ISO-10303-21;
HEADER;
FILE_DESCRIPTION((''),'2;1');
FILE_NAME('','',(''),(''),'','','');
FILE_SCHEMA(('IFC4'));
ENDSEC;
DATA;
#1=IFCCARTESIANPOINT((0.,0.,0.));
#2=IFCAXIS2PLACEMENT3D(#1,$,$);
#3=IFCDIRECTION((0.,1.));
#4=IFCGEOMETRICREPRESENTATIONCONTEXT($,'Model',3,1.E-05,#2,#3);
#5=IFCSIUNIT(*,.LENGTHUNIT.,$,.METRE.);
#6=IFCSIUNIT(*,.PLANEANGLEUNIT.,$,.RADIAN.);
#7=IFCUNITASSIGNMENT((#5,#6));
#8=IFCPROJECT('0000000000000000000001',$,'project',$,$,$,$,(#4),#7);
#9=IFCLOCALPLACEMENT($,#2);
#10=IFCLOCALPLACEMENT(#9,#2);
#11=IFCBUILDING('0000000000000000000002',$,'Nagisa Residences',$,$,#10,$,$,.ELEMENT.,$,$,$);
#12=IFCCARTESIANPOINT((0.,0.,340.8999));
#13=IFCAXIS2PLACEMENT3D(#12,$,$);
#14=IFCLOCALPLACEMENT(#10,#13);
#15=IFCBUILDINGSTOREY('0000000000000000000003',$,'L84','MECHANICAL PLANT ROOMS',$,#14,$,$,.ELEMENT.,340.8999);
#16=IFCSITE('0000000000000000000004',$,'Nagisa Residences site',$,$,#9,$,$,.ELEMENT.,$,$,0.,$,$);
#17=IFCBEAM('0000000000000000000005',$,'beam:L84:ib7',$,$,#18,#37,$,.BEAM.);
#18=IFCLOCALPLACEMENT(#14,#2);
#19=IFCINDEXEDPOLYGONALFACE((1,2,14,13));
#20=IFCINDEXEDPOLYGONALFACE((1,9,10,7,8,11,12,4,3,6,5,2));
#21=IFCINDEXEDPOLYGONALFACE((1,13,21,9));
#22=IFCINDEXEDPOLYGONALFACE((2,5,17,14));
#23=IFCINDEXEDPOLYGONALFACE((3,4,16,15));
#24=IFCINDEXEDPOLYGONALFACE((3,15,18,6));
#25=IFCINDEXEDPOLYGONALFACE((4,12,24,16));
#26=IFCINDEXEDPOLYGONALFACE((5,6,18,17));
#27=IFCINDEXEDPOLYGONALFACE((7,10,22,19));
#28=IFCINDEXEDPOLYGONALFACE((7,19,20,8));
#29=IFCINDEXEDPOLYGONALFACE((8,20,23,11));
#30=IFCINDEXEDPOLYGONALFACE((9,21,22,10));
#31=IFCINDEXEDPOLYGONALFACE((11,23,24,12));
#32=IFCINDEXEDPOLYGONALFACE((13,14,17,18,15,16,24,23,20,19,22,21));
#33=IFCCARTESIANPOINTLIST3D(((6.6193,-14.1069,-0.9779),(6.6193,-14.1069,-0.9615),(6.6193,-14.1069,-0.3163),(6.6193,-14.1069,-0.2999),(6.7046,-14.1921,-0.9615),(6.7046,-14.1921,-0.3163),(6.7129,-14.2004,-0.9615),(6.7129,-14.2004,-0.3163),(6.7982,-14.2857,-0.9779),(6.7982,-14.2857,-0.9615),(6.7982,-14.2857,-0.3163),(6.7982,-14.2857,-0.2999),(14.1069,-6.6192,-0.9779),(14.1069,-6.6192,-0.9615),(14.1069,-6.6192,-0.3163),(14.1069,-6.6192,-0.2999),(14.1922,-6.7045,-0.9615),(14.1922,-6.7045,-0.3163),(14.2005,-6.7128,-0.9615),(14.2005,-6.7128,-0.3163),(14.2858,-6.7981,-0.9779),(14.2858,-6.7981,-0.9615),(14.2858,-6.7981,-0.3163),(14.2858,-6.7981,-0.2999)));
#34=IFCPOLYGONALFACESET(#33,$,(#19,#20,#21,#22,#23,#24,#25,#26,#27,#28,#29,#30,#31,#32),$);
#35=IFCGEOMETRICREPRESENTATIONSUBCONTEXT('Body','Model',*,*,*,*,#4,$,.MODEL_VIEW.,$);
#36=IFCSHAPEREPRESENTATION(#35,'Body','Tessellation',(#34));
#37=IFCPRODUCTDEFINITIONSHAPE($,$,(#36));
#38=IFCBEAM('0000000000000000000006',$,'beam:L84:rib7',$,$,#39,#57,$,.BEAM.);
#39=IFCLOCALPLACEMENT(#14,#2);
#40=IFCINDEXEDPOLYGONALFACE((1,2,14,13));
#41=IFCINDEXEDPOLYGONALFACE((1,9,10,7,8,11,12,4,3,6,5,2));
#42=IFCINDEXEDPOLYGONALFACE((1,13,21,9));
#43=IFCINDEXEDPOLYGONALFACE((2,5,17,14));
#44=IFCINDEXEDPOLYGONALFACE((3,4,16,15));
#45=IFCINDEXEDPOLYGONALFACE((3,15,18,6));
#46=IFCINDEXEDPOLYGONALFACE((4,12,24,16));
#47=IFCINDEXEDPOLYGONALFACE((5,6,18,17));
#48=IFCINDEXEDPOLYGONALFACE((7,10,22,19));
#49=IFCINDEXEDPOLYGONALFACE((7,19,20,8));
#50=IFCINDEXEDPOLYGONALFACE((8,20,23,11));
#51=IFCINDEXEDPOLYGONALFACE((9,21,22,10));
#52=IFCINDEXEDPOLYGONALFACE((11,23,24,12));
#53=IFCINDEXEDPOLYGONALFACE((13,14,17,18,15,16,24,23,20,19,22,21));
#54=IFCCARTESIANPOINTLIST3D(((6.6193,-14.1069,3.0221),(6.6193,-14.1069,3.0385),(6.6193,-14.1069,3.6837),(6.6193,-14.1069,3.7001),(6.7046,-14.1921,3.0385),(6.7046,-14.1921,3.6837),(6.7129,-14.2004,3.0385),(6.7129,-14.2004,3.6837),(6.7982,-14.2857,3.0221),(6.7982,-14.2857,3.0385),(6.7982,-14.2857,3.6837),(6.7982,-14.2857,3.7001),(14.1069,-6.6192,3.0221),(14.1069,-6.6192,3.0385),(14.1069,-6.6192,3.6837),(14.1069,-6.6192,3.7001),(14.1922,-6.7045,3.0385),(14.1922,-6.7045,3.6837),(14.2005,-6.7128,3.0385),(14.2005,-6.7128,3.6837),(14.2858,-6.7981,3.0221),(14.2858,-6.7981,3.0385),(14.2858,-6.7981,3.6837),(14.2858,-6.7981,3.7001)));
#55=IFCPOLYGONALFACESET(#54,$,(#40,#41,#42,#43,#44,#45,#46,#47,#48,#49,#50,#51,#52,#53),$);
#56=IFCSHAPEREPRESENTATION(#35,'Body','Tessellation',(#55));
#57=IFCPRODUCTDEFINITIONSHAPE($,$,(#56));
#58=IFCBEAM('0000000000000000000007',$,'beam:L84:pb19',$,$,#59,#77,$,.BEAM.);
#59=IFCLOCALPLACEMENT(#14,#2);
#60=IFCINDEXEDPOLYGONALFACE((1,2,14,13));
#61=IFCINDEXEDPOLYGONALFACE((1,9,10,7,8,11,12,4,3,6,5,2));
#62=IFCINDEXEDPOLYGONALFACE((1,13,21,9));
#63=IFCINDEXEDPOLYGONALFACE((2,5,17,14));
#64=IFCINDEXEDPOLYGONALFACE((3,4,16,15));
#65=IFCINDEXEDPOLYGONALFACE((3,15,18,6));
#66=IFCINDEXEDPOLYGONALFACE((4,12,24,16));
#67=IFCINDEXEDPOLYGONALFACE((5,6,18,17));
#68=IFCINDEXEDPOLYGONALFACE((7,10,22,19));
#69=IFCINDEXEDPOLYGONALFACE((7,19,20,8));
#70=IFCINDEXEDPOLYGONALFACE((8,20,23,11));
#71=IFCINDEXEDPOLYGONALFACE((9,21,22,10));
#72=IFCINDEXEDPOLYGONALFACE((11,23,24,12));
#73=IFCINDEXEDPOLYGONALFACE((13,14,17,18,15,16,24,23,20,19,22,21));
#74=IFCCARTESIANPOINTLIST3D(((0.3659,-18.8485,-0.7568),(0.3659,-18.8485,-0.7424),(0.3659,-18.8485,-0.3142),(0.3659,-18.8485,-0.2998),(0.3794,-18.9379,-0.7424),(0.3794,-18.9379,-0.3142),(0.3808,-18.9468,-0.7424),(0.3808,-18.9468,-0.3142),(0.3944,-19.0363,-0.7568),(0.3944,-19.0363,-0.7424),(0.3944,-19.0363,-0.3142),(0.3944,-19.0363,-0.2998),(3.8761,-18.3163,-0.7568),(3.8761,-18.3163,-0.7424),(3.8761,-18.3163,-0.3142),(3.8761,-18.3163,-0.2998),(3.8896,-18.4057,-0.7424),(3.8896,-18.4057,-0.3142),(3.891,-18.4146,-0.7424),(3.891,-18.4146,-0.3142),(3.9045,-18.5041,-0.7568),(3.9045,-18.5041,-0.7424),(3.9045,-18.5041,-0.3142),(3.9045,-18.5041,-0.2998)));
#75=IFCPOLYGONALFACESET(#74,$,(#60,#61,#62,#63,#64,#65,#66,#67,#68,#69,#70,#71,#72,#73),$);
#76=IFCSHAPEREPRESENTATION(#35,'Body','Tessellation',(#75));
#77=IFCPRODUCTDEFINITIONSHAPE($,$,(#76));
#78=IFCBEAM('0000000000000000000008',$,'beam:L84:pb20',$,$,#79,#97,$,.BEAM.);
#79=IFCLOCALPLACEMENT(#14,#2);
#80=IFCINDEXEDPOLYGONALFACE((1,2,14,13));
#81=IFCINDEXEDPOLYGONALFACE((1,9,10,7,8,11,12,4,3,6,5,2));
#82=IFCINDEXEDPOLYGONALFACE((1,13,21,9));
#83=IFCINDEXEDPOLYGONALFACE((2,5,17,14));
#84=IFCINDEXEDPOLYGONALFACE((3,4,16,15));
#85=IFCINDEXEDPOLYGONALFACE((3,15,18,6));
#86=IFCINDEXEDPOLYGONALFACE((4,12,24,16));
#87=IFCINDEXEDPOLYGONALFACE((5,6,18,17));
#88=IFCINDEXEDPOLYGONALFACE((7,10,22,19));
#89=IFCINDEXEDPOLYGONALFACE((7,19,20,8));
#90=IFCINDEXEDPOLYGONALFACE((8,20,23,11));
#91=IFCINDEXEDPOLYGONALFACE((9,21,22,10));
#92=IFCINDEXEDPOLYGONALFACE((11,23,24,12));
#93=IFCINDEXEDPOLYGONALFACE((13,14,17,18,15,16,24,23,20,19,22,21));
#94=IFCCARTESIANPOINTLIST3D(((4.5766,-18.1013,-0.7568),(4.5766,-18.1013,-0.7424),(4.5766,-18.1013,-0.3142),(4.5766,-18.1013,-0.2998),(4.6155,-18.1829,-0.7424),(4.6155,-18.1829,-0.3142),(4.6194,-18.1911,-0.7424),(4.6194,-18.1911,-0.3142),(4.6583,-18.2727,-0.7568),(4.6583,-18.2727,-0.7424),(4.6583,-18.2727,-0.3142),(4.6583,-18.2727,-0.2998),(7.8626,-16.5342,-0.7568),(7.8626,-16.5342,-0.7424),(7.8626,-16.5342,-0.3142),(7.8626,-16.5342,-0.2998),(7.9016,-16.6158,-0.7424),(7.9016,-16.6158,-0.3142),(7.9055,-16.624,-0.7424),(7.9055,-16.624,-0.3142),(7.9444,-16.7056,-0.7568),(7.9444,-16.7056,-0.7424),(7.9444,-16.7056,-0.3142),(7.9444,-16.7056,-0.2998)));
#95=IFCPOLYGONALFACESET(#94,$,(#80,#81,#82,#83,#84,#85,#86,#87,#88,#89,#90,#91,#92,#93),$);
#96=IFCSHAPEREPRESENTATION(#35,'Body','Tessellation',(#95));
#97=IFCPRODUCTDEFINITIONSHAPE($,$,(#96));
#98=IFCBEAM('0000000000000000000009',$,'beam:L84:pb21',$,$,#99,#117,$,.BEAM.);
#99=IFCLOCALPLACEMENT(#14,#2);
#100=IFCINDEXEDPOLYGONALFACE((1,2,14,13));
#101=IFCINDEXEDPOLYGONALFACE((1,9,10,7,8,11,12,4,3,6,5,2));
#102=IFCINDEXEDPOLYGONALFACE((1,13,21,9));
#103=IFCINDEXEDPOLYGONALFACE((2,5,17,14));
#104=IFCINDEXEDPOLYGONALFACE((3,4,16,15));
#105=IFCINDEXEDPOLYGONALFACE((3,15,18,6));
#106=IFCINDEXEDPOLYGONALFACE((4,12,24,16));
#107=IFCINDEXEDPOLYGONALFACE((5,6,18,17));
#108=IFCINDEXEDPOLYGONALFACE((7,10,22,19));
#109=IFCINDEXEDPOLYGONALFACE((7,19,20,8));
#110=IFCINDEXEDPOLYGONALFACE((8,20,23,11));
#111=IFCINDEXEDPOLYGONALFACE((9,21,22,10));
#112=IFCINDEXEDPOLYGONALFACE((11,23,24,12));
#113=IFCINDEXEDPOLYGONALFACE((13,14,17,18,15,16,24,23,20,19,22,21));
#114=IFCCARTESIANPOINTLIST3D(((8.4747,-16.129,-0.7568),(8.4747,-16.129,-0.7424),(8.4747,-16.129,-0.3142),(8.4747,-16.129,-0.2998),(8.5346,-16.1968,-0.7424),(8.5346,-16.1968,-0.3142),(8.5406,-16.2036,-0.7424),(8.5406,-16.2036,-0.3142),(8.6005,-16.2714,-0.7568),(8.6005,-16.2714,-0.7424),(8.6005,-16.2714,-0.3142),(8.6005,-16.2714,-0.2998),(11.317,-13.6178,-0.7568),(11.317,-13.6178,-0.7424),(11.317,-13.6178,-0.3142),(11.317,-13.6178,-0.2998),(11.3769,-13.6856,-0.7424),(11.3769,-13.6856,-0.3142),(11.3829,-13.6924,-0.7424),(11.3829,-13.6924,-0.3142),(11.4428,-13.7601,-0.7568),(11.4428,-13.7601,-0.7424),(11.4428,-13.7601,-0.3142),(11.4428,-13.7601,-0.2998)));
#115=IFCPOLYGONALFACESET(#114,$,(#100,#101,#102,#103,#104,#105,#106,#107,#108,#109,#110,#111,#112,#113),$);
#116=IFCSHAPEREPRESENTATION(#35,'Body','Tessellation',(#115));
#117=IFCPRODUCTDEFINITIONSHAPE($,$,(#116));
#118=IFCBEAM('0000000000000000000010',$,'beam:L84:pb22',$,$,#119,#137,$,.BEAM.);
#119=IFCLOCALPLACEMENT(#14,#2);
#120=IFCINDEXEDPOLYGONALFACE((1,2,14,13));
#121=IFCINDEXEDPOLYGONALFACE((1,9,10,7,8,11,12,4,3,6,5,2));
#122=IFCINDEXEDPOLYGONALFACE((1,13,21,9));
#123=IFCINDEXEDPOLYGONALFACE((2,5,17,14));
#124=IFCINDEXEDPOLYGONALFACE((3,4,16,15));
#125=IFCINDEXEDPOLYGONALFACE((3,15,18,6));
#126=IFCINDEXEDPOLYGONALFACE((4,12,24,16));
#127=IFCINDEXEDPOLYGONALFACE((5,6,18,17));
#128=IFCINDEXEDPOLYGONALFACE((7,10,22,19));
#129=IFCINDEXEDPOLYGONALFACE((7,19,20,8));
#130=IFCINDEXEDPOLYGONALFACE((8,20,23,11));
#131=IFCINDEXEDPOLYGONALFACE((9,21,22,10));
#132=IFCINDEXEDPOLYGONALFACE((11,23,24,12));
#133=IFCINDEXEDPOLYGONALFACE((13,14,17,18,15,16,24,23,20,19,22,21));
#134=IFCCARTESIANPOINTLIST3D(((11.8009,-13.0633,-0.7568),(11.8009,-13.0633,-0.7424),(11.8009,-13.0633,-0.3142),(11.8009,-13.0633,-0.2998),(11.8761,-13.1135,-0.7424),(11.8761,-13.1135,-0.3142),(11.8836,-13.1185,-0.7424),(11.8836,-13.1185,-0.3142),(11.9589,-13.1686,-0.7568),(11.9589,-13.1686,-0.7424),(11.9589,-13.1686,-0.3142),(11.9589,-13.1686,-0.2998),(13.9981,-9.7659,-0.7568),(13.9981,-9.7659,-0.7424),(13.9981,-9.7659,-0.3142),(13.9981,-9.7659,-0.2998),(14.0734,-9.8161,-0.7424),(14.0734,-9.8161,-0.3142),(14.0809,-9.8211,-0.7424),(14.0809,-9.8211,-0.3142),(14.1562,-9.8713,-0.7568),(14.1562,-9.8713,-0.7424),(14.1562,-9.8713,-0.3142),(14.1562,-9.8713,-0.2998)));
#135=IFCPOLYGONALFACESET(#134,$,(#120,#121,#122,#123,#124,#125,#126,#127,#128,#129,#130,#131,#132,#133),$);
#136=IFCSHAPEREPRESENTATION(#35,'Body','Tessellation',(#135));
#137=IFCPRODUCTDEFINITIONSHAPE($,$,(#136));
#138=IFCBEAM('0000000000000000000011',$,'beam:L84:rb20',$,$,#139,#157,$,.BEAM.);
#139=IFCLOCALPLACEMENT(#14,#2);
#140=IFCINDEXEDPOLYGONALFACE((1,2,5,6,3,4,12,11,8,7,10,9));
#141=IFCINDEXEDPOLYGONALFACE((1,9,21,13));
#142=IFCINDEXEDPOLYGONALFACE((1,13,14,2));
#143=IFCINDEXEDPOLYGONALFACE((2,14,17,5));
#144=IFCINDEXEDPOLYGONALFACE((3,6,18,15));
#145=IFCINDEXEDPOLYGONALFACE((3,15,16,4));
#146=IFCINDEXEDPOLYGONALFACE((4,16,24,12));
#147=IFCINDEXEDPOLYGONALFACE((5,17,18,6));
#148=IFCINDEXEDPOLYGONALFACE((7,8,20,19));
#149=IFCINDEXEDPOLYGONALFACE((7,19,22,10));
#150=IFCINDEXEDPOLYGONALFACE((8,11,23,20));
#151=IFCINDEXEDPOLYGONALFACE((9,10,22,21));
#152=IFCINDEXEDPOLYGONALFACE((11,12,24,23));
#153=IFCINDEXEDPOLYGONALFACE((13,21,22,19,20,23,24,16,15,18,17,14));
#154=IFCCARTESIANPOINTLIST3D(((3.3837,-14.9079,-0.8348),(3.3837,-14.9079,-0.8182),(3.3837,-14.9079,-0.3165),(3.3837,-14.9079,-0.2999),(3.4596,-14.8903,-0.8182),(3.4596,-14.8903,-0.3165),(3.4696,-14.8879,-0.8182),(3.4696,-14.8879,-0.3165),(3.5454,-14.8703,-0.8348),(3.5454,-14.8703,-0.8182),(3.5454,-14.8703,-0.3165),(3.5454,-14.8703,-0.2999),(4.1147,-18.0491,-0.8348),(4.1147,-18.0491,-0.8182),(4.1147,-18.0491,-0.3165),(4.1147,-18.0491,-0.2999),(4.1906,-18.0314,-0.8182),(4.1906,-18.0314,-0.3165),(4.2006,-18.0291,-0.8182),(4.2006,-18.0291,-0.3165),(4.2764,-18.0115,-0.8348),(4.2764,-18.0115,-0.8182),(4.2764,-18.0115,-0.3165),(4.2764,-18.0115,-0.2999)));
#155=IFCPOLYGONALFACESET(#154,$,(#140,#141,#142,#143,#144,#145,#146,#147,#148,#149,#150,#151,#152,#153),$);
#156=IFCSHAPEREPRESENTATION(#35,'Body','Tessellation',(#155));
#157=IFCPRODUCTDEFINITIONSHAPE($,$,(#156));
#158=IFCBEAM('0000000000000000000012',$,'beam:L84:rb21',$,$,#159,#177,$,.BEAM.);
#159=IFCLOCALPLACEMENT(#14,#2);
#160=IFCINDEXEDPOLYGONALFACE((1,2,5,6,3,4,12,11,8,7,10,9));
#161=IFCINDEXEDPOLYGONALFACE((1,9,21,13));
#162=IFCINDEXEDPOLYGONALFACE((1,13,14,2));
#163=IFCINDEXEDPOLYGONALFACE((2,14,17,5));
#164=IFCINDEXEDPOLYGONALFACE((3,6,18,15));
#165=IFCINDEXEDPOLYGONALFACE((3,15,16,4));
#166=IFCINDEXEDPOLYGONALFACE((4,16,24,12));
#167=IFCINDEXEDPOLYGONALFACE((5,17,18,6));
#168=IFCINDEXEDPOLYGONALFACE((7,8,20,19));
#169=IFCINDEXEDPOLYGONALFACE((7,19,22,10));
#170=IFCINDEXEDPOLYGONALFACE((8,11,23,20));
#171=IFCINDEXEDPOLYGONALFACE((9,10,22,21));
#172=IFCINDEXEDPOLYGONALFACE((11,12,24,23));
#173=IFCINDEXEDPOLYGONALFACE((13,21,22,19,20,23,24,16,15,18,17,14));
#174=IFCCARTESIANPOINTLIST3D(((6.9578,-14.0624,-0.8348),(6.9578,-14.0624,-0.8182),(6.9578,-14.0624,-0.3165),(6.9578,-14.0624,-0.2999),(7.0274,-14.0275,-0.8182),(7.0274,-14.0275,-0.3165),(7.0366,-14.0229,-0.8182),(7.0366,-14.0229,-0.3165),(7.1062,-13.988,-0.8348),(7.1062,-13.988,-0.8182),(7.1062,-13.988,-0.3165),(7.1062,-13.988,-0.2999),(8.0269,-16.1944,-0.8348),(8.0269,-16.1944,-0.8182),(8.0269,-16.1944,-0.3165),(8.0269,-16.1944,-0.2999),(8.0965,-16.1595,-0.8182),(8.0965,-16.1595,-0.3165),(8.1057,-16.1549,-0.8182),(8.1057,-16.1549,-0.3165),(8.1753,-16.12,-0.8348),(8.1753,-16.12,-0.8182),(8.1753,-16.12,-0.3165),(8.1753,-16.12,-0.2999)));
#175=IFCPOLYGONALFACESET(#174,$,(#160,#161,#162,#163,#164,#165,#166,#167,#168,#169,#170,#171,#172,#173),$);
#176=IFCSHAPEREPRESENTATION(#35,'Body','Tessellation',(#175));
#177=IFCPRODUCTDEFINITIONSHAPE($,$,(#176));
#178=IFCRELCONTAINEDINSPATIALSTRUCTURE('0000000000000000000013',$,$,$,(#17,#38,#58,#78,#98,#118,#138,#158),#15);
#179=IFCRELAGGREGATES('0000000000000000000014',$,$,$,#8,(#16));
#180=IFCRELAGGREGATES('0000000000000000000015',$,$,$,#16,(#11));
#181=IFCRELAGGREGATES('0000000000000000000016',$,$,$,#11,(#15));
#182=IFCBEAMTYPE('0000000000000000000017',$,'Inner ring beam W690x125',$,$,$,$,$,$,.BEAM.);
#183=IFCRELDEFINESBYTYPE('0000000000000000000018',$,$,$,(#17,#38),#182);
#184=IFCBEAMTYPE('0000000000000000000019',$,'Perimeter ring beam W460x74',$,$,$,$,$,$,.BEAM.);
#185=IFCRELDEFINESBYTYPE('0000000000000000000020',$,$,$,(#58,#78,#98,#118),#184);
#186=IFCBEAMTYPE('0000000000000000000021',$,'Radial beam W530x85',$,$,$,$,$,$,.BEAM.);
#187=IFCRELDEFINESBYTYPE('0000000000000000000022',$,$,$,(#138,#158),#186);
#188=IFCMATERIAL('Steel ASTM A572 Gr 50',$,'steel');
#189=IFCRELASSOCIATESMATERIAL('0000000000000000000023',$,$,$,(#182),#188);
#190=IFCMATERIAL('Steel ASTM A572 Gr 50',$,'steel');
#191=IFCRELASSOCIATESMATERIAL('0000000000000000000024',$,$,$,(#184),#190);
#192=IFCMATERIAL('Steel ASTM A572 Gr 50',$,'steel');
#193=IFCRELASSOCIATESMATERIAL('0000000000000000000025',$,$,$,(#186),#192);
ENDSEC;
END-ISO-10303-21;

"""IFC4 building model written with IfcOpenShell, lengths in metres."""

from ifc_helpers import new_model, si_unit, direction, frame, origin, origin_2d, place, context, subcontext, project, spatial, i_section, extrude, material, material_profile, profile_set, type_object, element, save


model = new_model("IFC4")

# Units and contexts
model_context = context("Model", 3, precision=1e-05, world=origin(), true_north=direction((0.0, 1.0)))
body_context = subcontext(model_context, "Body", "Model", "MODEL_VIEW")
ifc_project = project(units=[si_unit("LENGTHUNIT", "METRE"), si_unit("PLANEANGLEUNIT", "RADIAN")], contexts=[model_context])

# Site, building, storey
site_placement = place(None, origin())
site = spatial("IfcSite", under=ifc_project, at=site_placement, Name="Nagisa Residences site", CompositionType="ELEMENT", RefElevation=0.0)
building_placement = place(site_placement, origin())
building = spatial("IfcBuilding", under=site, at=building_placement, Name="Nagisa Residences", CompositionType="ELEMENT")
storey_placement = place(building_placement, frame((0.0, 0.0, 340.8999)))
storey = spatial("IfcBuildingStorey", under=building, at=storey_placement, Name="L84", Description="MECHANICAL PLANT ROOMS", CompositionType="ELEMENT", Elevation=340.8999)

# Beams
ifc_material_1 = material(Name="Steel ASTM A572 Gr 50", Category="steel")
ifc_material_profile_1 = material_profile(ifc_material_1, i_section(OverallWidth=0.2529, OverallDepth=0.678, WebThickness=0.0117, FlangeThickness=0.0164, at=origin_2d()), Name="W690x125")
ifc_profile_set_1 = profile_set([ifc_material_profile_1], Name="Steel ASTM A572 Gr 50")
beam_type_1 = type_object("IfcBeamType", Name="Inner ring beam W690x125", PredefinedType="BEAM", material=ifc_profile_set_1)
for number, where, z_axis, x_axis, name in (
    (1, (6.7087, -14.1963, -0.6389), (0.707107, 0.707107, 0.0), (-0.707107, 0.707107, 0.0), "beam:L84:ib7"),
    (2, (6.7087, -14.1963, 3.3611), (0.707107, 0.707107, 0.0), (-0.707107, 0.707107, 0.0), "beam:L84:rib7"),
):
    element("IfcBeam", number, at=place(storey_placement, frame(where, z_axis=z_axis, x_axis=x_axis)), inside=storey, type_object=beam_type_1, Name=name, PredefinedType="BEAM", context=body_context, shape_type="SweptSolid", body=[
        extrude(i_section(OverallWidth=0.2529, OverallDepth=0.678, WebThickness=0.0117, FlangeThickness=0.0164, at=origin_2d()), origin(), (0.0, 0.0, 1.0), 10.5891),
    ])
ifc_material_2 = material(Name="Steel ASTM A572 Gr 50", Category="steel")
ifc_material_profile_2 = material_profile(ifc_material_2, i_section(OverallWidth=0.1899, OverallDepth=0.457, WebThickness=0.009, FlangeThickness=0.0144, at=origin_2d()), Name="W460x74")
ifc_profile_set_2 = profile_set([ifc_material_profile_2], Name="Steel ASTM A572 Gr 50")
beam_type_2 = type_object("IfcBeamType", Name="Perimeter ring beam W460x74", PredefinedType="BEAM", material=ifc_profile_set_2)
beam_1_placement = place(storey_placement, frame((0.3801, -18.9424, -0.5283), z_axis=(0.9887, 0.149907, 0.0), x_axis=(-0.149907, 0.9887, 0.0)))
element("IfcBeam", 3, at=beam_1_placement, inside=storey, type_object=beam_type_2, Name="beam:L84:pb19", PredefinedType="BEAM", context=body_context, shape_type="SweptSolid", body=[
    extrude(i_section(OverallWidth=0.1899, OverallDepth=0.457, WebThickness=0.009, FlangeThickness=0.0144, at=origin_2d()), origin(), (0.0, 0.0, 1.0), 3.5503),
])
beam_2_placement = place(storey_placement, frame((4.6174, -18.187, -0.5283), z_axis=(0.902614, 0.430452, 0.0), x_axis=(-0.430452, 0.902614, 0.0)))
element("IfcBeam", 4, at=beam_2_placement, inside=storey, type_object=beam_type_2, Name="beam:L84:pb20", PredefinedType="BEAM", context=body_context, shape_type="SweptSolid", body=[
    extrude(i_section(OverallWidth=0.1899, OverallDepth=0.457, WebThickness=0.009, FlangeThickness=0.0144, at=origin_2d()), origin(), (0.0, 0.0, 1.0), 3.6406),
])
beam_3_placement = place(storey_placement, frame((8.5376, -16.2002, -0.5283), z_axis=(0.749402, 0.662115, 0.0), x_axis=(-0.662115, 0.749402, 0.0)))
element("IfcBeam", 5, at=beam_3_placement, inside=storey, type_object=beam_type_2, Name="beam:L84:pb21", PredefinedType="BEAM", context=body_context, shape_type="SweptSolid", body=[
    extrude(i_section(OverallWidth=0.1899, OverallDepth=0.457, WebThickness=0.009, FlangeThickness=0.0144, at=origin_2d()), origin(), (0.0, 0.0, 1.0), 3.7927),
])
beam_4_placement = place(storey_placement, frame((11.8799, -13.116, -0.5283), z_axis=(0.55453, 0.832164, 0.0), x_axis=(-0.832164, 0.55453, 0.0)))
element("IfcBeam", 6, at=beam_4_placement, inside=storey, type_object=beam_type_2, Name="beam:L84:pb22", PredefinedType="BEAM", context=body_context, shape_type="SweptSolid", body=[
    extrude(i_section(OverallWidth=0.1899, OverallDepth=0.457, WebThickness=0.009, FlangeThickness=0.0144, at=origin_2d()), origin(), (0.0, 0.0, 1.0), 3.9624),
])
ifc_material_3 = material(Name="Steel ASTM A572 Gr 50", Category="steel")
ifc_material_profile_3 = material_profile(ifc_material_3, i_section(OverallWidth=0.166, OverallDepth=0.5349, WebThickness=0.0103, FlangeThickness=0.0166, at=origin_2d()), Name="W530x85")
ifc_profile_set_3 = profile_set([ifc_material_profile_3], Name="Steel ASTM A572 Gr 50")
beam_type_3 = type_object("IfcBeamType", Name="Radial beam W530x85", PredefinedType="BEAM", material=ifc_profile_set_3)
beam_5_placement = place(storey_placement, frame((4.1956, -18.0303, -0.5674), z_axis=(-0.22665, 0.973976, 0.0), x_axis=(-0.973976, -0.22665, 0.0)))
element("IfcBeam", 7, at=beam_5_placement, inside=storey, type_object=beam_type_3, Name="beam:L84:rb20", PredefinedType="BEAM", context=body_context, shape_type="SweptSolid", body=[
    extrude(i_section(OverallWidth=0.166, OverallDepth=0.5349, WebThickness=0.0103, FlangeThickness=0.0166, at=origin_2d()), origin(), (0.0, 0.0, 1.0), 3.2251),
])
beam_6_placement = place(storey_placement, frame((8.1011, -16.1572, -0.5674), z_axis=(-0.448237, 0.893915, 0.0), x_axis=(-0.893915, -0.448237, 0.0)))
element("IfcBeam", 8, at=beam_6_placement, inside=storey, type_object=beam_type_3, Name="beam:L84:rb21", PredefinedType="BEAM", context=body_context, shape_type="SweptSolid", body=[
    extrude(i_section(OverallWidth=0.166, OverallDepth=0.5349, WebThickness=0.0103, FlangeThickness=0.0166, at=origin_2d()), origin(), (0.0, 0.0, 1.0), 2.385),
])

save(model, "model.ifc")
